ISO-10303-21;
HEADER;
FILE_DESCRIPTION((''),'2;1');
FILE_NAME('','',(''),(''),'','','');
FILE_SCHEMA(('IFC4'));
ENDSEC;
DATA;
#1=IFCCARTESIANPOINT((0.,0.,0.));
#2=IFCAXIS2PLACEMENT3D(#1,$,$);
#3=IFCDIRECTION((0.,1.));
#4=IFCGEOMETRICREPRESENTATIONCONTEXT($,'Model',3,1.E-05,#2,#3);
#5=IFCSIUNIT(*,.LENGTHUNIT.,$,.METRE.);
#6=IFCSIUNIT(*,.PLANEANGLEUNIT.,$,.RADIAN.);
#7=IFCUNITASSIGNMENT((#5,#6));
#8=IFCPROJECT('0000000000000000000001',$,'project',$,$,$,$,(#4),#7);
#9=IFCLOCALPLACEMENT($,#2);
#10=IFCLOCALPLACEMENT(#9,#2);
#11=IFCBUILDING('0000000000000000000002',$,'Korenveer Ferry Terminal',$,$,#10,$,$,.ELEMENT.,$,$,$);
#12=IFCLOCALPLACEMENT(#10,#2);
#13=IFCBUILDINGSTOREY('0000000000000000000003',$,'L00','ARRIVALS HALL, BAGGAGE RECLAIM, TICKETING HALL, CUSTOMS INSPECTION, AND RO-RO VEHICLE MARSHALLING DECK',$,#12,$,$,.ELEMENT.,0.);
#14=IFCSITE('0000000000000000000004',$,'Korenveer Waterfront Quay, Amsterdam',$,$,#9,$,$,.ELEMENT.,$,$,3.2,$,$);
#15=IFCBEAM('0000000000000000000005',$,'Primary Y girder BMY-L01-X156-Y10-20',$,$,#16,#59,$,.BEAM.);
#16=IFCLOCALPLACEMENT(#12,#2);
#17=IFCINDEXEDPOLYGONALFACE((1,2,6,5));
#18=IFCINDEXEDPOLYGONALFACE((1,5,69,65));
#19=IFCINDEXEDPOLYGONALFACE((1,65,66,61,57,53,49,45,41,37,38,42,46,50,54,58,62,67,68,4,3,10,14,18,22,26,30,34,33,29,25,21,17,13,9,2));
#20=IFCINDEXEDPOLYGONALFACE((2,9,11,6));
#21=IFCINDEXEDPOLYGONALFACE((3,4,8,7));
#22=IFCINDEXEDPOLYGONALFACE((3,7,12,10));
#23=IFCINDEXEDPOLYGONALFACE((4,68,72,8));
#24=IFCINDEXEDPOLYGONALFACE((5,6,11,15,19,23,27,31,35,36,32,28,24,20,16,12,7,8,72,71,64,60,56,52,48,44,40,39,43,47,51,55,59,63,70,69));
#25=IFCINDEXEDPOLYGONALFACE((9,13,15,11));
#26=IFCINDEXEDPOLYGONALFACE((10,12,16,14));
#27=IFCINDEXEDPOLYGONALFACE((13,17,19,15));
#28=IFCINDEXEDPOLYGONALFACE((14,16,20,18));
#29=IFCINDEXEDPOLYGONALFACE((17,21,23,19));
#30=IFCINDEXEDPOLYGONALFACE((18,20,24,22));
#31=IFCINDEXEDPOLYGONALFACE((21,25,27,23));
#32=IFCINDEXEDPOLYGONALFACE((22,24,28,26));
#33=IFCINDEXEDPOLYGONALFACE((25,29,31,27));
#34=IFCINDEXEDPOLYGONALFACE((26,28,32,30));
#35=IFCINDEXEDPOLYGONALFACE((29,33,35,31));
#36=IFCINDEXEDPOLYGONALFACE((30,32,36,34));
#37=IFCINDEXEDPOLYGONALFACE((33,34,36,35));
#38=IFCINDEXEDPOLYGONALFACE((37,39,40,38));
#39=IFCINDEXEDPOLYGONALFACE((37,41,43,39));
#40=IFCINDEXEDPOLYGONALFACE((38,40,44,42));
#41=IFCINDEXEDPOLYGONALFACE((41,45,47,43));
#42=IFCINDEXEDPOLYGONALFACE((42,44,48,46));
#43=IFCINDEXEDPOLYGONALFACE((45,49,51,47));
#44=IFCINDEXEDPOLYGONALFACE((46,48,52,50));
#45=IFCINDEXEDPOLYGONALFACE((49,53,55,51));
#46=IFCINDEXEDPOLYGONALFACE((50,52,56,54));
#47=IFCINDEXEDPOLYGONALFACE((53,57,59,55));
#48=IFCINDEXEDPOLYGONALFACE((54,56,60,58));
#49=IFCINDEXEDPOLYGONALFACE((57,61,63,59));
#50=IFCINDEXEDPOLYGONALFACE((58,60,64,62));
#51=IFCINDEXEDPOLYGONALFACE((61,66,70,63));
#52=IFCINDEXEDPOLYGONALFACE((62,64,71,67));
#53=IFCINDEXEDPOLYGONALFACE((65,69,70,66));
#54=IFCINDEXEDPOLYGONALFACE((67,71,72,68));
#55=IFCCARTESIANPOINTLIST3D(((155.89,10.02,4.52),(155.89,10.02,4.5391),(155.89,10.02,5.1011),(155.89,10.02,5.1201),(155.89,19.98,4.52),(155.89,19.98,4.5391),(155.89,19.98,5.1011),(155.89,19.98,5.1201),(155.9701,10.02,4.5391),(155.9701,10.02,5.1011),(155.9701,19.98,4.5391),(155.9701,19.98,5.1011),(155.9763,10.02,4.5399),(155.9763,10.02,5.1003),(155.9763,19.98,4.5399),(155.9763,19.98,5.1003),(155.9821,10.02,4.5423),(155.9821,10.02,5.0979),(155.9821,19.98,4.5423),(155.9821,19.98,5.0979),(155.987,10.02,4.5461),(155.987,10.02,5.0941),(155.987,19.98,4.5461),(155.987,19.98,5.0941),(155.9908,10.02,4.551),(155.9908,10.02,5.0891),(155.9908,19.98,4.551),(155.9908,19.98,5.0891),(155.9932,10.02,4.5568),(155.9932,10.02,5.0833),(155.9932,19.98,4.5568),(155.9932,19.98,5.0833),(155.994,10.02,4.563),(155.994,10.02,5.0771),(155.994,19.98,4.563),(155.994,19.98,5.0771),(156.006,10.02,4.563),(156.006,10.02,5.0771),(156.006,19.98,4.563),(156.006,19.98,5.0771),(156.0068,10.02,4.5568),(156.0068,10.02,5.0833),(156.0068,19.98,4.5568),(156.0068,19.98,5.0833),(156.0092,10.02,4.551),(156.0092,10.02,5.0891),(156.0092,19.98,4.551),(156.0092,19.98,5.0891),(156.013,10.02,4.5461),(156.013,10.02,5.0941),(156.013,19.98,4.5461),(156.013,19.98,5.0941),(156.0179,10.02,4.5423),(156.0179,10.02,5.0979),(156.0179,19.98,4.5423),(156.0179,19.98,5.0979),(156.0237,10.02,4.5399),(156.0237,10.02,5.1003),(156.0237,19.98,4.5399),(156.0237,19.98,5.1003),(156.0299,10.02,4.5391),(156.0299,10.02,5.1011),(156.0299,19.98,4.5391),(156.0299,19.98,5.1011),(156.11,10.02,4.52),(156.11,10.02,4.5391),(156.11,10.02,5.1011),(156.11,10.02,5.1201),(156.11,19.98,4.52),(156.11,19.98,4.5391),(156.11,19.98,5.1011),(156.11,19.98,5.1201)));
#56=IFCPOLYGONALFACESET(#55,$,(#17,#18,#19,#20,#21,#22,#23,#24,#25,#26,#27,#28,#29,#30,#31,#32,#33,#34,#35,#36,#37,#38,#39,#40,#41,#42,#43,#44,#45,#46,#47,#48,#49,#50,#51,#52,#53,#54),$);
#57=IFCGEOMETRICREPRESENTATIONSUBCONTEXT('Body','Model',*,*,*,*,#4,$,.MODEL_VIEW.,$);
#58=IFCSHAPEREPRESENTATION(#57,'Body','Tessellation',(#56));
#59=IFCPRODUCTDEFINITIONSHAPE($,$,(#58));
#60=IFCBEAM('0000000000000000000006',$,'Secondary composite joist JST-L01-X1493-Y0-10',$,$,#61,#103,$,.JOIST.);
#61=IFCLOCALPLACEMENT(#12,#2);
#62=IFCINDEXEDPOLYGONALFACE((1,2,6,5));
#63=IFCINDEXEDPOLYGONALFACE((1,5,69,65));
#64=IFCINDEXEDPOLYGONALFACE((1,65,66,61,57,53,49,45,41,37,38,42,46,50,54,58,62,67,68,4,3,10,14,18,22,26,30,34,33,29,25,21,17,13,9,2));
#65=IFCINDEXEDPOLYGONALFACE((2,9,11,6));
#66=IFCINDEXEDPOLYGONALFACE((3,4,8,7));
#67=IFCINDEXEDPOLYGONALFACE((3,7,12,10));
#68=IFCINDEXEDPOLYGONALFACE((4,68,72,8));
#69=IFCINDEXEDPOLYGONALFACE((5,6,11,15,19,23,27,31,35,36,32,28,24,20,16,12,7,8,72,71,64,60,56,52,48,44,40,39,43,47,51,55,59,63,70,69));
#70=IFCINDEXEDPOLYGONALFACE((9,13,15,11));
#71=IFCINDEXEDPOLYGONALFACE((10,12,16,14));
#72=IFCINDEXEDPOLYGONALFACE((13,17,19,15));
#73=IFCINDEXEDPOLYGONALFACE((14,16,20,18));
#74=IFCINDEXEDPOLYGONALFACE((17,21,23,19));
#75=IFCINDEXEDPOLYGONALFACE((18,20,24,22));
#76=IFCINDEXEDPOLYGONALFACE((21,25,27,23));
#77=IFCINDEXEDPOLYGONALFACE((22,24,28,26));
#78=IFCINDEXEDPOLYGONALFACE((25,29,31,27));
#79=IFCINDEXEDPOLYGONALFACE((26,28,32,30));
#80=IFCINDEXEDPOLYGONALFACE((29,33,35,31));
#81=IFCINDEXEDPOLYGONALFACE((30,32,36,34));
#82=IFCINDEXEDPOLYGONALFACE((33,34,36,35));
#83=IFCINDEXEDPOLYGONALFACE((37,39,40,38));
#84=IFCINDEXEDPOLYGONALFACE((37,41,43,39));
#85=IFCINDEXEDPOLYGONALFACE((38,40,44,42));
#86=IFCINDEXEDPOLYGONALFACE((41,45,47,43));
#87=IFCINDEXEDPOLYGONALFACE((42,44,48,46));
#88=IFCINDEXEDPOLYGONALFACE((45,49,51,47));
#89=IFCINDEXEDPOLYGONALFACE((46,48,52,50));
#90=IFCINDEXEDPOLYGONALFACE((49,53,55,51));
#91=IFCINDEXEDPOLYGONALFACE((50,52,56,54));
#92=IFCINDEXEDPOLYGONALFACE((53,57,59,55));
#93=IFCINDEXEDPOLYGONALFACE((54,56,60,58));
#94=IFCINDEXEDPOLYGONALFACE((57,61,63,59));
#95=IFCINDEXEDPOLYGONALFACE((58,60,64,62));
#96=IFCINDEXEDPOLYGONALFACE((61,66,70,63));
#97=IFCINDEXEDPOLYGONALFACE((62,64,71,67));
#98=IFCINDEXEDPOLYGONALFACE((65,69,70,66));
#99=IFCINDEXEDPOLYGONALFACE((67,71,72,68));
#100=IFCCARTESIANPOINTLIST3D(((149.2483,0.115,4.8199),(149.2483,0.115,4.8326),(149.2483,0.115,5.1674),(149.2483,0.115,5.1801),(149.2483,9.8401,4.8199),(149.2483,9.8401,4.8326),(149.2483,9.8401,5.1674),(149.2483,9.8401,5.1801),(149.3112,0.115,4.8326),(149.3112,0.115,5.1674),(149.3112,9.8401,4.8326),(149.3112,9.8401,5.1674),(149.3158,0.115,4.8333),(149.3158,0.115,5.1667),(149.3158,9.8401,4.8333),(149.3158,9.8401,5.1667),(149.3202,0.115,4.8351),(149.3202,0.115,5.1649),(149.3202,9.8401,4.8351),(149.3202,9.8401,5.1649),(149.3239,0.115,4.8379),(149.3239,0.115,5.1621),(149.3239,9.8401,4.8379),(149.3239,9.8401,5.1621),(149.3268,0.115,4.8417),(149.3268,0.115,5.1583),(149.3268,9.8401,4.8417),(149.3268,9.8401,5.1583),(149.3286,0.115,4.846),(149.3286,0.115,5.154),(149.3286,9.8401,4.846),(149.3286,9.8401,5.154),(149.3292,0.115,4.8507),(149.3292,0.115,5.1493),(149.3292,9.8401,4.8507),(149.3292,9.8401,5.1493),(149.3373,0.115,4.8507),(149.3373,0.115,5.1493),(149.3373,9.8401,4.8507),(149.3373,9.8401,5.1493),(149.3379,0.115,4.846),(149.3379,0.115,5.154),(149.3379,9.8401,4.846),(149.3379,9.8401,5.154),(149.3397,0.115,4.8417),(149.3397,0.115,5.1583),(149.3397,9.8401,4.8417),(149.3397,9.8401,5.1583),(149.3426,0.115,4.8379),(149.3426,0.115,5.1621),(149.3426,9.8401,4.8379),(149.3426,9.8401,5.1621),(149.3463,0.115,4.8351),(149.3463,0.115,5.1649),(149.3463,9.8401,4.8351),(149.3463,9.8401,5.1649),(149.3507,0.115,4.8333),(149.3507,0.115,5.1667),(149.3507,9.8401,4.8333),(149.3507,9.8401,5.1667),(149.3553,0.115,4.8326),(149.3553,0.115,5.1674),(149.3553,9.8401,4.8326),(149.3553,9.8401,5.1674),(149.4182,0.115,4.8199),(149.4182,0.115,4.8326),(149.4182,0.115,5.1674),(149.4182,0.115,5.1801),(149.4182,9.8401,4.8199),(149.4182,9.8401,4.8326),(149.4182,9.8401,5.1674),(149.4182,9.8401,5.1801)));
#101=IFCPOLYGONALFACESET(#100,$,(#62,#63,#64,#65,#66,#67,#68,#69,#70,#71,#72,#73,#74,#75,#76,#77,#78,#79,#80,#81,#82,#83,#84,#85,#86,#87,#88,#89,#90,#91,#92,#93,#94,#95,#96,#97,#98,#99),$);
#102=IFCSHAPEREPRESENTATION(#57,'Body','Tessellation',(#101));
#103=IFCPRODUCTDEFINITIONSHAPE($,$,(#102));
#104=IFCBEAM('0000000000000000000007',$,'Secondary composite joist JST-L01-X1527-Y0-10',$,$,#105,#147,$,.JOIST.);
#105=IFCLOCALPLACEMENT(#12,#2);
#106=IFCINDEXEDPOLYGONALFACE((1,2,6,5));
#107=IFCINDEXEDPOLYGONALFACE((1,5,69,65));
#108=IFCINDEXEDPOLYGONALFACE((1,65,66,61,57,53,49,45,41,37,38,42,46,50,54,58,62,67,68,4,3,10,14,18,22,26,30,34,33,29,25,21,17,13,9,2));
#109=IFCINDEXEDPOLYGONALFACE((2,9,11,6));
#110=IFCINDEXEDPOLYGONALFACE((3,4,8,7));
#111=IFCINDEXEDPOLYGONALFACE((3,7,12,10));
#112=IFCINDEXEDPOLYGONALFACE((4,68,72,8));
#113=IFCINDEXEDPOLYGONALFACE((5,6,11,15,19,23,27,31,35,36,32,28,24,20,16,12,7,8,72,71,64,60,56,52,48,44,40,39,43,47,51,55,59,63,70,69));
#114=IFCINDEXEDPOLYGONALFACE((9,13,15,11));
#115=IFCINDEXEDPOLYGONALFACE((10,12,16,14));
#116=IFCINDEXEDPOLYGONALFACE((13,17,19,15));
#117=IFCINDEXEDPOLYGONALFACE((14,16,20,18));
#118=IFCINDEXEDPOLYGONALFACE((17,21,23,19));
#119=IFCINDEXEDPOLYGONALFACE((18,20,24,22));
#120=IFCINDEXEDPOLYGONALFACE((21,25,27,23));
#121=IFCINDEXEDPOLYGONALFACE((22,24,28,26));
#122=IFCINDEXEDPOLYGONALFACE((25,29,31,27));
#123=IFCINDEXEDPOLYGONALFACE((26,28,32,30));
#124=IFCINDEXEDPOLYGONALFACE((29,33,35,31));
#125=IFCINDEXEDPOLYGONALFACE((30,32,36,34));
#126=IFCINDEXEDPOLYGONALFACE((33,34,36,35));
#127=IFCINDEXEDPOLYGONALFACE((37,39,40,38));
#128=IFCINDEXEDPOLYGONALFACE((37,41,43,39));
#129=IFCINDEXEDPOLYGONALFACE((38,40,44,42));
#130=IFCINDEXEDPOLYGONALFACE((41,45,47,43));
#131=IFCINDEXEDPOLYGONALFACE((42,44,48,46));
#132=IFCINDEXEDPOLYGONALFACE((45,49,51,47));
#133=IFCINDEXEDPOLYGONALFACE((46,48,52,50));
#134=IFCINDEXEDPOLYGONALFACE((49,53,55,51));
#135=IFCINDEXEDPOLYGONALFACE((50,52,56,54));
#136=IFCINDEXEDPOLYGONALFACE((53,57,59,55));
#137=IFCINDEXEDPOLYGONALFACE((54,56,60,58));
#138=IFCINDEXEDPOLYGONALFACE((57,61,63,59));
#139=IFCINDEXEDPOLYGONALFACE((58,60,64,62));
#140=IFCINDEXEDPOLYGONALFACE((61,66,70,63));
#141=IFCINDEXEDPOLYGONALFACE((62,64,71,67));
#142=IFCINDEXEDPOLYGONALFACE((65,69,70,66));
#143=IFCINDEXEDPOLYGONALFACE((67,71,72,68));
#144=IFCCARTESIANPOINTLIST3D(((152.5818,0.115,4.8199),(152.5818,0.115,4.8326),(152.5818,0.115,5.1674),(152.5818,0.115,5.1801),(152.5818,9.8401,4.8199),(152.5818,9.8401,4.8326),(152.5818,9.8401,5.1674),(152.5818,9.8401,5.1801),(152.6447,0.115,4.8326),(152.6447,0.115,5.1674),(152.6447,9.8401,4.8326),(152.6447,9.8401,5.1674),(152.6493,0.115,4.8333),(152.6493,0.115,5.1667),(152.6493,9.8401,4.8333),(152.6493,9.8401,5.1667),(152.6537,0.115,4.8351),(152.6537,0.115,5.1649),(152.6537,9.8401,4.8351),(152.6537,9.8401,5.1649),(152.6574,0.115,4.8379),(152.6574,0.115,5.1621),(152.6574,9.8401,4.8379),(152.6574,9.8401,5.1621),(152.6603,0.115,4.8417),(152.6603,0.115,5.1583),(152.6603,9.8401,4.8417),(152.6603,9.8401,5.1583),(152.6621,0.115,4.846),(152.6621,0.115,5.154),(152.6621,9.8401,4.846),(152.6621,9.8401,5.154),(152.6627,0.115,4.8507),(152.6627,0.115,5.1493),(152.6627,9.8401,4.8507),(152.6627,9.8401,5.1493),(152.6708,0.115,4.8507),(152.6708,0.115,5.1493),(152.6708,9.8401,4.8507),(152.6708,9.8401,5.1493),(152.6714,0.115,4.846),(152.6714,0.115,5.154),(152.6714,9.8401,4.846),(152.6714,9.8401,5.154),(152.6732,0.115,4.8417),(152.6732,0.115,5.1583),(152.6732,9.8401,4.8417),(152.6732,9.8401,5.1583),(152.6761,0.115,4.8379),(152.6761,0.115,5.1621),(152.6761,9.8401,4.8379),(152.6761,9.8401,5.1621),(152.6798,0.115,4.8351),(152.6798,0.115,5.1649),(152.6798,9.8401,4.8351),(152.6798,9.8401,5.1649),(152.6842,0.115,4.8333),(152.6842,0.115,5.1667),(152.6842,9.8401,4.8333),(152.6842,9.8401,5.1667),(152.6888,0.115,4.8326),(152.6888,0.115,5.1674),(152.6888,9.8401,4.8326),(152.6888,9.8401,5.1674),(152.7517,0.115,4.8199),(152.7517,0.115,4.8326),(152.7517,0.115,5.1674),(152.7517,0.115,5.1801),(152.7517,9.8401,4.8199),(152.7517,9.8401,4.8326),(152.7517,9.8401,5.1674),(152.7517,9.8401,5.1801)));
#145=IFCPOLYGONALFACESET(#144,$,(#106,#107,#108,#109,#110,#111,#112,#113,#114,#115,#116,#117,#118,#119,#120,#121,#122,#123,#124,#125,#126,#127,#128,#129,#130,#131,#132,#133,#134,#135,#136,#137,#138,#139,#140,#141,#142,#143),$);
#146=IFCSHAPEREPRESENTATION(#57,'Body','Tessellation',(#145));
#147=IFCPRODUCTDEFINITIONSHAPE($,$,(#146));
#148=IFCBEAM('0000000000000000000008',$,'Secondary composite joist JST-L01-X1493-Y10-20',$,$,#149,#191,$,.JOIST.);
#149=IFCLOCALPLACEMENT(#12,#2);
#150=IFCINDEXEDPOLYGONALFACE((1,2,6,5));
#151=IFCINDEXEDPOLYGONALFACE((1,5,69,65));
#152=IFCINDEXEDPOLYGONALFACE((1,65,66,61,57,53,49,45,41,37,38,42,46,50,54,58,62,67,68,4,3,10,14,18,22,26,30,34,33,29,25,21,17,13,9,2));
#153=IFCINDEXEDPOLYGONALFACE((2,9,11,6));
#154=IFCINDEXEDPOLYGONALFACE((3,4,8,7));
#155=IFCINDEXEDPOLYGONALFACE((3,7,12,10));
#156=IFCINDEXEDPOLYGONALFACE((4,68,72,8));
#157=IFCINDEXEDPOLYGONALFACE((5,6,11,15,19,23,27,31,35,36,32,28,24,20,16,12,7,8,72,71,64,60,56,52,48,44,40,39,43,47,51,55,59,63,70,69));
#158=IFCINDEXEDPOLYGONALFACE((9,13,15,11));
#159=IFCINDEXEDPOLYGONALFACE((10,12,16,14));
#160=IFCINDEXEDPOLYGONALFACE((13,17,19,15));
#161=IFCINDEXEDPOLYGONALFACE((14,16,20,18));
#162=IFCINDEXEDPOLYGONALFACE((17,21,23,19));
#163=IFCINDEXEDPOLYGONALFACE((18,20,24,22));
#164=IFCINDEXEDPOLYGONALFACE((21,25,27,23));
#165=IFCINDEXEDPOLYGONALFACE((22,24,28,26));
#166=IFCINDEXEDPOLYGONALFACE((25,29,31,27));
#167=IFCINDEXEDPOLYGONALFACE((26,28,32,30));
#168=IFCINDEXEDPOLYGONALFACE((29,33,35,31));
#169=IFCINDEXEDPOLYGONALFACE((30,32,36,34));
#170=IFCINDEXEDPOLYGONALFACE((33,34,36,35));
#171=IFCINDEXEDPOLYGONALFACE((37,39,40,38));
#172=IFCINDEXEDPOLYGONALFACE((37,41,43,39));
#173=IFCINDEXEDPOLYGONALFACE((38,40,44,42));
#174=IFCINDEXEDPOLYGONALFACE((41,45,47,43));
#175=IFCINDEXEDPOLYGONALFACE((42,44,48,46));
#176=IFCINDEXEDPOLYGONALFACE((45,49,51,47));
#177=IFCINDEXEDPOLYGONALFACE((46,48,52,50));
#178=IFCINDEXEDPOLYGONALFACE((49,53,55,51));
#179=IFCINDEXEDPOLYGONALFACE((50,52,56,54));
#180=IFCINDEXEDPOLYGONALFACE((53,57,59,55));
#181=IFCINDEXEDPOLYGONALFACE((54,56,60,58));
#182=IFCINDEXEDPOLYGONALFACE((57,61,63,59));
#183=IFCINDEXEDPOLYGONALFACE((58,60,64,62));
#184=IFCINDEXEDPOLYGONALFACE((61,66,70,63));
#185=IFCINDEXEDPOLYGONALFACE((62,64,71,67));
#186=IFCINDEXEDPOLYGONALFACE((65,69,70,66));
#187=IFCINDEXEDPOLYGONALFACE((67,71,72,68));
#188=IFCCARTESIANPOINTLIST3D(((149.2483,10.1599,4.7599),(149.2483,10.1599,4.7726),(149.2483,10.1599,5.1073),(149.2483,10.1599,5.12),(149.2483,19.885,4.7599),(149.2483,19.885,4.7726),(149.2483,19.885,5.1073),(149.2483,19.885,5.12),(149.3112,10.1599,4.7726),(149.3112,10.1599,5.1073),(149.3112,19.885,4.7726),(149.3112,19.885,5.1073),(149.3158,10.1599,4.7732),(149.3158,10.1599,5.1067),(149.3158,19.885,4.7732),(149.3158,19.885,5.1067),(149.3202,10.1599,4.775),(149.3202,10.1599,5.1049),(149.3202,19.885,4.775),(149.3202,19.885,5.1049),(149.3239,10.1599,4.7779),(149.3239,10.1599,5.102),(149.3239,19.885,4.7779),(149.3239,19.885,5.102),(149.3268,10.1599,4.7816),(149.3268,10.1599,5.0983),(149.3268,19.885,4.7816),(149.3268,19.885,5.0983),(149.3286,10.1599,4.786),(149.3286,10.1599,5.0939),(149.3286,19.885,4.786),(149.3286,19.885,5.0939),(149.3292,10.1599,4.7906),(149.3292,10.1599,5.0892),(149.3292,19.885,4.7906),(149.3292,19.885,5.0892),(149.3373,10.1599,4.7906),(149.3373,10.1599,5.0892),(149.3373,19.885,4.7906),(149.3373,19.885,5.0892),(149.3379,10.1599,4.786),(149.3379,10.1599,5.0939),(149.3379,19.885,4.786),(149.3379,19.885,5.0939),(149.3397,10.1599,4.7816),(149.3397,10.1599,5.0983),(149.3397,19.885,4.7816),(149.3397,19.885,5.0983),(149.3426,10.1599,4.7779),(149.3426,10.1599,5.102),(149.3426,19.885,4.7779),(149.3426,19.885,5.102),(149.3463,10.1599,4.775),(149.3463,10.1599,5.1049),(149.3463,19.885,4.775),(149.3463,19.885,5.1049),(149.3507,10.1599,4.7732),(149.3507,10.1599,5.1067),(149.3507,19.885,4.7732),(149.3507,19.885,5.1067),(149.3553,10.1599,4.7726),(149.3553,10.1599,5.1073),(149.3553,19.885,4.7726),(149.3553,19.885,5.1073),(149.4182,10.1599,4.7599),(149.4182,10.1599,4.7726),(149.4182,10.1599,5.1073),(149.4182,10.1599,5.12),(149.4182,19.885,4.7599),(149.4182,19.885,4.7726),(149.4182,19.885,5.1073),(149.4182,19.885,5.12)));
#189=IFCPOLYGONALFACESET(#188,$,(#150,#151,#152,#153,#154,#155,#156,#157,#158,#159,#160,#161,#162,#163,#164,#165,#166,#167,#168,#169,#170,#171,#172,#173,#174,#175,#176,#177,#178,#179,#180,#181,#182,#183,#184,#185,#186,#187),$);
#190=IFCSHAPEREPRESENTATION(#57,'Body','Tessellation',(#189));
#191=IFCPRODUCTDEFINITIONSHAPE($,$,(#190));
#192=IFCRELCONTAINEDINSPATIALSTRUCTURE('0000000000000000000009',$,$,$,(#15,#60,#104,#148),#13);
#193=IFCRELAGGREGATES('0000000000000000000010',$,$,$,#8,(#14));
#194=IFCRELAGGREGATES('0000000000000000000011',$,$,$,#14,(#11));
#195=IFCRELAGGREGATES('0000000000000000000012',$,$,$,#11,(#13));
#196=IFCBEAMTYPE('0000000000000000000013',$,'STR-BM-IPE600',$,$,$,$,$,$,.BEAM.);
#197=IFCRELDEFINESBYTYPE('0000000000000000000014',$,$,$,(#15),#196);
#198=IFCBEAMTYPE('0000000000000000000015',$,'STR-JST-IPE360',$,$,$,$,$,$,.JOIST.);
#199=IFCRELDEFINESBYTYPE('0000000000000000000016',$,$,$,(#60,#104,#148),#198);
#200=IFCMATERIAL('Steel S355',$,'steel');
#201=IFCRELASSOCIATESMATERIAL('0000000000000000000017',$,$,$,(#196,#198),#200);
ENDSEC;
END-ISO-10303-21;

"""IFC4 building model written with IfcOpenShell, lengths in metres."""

from ifc_helpers import new_model, si_unit, direction, frame, origin, origin_2d, place, context, subcontext, project, spatial, i_section, extrude, material, material_profile, profile_set, type_object, element, save


model = new_model("IFC4")

# Units and contexts
model_context = context("Model", 3, precision=1e-05, world=origin(), true_north=direction((0.0, 1.0)))
body_context = subcontext(model_context, "Body", "Model", "MODEL_VIEW")
ifc_project = project(units=[si_unit("LENGTHUNIT", "METRE"), si_unit("PLANEANGLEUNIT", "RADIAN")], contexts=[model_context])

# Site, building, storey
site_placement = place(None, origin())
site = spatial("IfcSite", under=ifc_project, at=site_placement, Name="Korenveer Waterfront Quay, Amsterdam", CompositionType="ELEMENT", RefElevation=3.2)
building_placement = place(site_placement, origin())
building = spatial("IfcBuilding", under=site, at=building_placement, Name="Korenveer Ferry Terminal", CompositionType="ELEMENT")
storey_placement = place(building_placement, origin())
storey = spatial("IfcBuildingStorey", under=building, at=storey_placement, Name="L00", Description="ARRIVALS HALL, BAGGAGE RECLAIM, TICKETING HALL, CUSTOMS INSPECTION, AND RO-RO VEHICLE MARSHALLING DECK", CompositionType="ELEMENT", Elevation=0.0)

# Beams
ifc_material_1 = material(Name="Steel S355", Category="steel")
ifc_material_profile_1 = material_profile(ifc_material_1, i_section(OverallWidth=0.22, OverallDepth=0.6001, WebThickness=0.012, FlangeThickness=0.019, FilletRadius=0.0239, at=origin_2d()), Name="IPE 600")
ifc_profile_set_1 = profile_set([ifc_material_profile_1], Name="Steel S355")
beam_type_1 = type_object("IfcBeamType", Name="STR-BM-IPE600", PredefinedType="BEAM", material=ifc_profile_set_1)
for number, where, z_axis, x_axis, name in (
    (1, (156.0, 10.02, 4.8201), (0.0, 1.0, 0.0), (-1.0, 0.0, 0.0), "Primary Y girder BMY-L01-X156-Y10-20"),
):
    element("IfcBeam", number, at=place(storey_placement, frame(where, z_axis=z_axis, x_axis=x_axis)), inside=storey, type_object=beam_type_1, Name=name, PredefinedType="BEAM", context=body_context, shape_type="SweptSolid", body=[
        extrude(i_section(OverallWidth=0.22, OverallDepth=0.6001, WebThickness=0.012, FlangeThickness=0.019, FilletRadius=0.0239, at=origin_2d()), origin(), (0.0, 0.0, 1.0), 9.96),
    ])
ifc_material_profile_2 = material_profile(ifc_material_1, i_section(OverallWidth=0.1699, OverallDepth=0.3601, WebThickness=0.0081, FlangeThickness=0.0127, FilletRadius=0.0181, at=origin_2d()), Name="IPE 360")
ifc_profile_set_2 = profile_set([ifc_material_profile_2], Name="Steel S355")
beam_type_2 = type_object("IfcBeamType", Name="STR-JST-IPE360", PredefinedType="JOIST", material=ifc_profile_set_2)
for number, where, z_axis, x_axis, name in (
    (2, (149.3333, 0.115, 5.0), (0.0, 1.0, 0.0), (-1.0, 0.0, 0.0), "Secondary composite joist JST-L01-X1493-Y0-10"),
    (3, (152.6667, 0.115, 5.0), (0.0, 1.0, 0.0), (-1.0, 0.0, 0.0), "Secondary composite joist JST-L01-X1527-Y0-10"),
    (4, (149.3333, 10.1599, 4.9399), (0.0, 1.0, 0.0), (-1.0, 0.0, 0.0), "Secondary composite joist JST-L01-X1493-Y10-20"),
):
    element("IfcBeam", number, at=place(storey_placement, frame(where, z_axis=z_axis, x_axis=x_axis)), inside=storey, type_object=beam_type_2, Name=name, PredefinedType="JOIST", context=body_context, shape_type="SweptSolid", body=[
        extrude(i_section(OverallWidth=0.1699, OverallDepth=0.3601, WebThickness=0.0081, FlangeThickness=0.0127, FilletRadius=0.0181, at=origin_2d()), origin(), (0.0, 0.0, 1.0), 9.7251),
    ])

save(model, "model.ifc")
